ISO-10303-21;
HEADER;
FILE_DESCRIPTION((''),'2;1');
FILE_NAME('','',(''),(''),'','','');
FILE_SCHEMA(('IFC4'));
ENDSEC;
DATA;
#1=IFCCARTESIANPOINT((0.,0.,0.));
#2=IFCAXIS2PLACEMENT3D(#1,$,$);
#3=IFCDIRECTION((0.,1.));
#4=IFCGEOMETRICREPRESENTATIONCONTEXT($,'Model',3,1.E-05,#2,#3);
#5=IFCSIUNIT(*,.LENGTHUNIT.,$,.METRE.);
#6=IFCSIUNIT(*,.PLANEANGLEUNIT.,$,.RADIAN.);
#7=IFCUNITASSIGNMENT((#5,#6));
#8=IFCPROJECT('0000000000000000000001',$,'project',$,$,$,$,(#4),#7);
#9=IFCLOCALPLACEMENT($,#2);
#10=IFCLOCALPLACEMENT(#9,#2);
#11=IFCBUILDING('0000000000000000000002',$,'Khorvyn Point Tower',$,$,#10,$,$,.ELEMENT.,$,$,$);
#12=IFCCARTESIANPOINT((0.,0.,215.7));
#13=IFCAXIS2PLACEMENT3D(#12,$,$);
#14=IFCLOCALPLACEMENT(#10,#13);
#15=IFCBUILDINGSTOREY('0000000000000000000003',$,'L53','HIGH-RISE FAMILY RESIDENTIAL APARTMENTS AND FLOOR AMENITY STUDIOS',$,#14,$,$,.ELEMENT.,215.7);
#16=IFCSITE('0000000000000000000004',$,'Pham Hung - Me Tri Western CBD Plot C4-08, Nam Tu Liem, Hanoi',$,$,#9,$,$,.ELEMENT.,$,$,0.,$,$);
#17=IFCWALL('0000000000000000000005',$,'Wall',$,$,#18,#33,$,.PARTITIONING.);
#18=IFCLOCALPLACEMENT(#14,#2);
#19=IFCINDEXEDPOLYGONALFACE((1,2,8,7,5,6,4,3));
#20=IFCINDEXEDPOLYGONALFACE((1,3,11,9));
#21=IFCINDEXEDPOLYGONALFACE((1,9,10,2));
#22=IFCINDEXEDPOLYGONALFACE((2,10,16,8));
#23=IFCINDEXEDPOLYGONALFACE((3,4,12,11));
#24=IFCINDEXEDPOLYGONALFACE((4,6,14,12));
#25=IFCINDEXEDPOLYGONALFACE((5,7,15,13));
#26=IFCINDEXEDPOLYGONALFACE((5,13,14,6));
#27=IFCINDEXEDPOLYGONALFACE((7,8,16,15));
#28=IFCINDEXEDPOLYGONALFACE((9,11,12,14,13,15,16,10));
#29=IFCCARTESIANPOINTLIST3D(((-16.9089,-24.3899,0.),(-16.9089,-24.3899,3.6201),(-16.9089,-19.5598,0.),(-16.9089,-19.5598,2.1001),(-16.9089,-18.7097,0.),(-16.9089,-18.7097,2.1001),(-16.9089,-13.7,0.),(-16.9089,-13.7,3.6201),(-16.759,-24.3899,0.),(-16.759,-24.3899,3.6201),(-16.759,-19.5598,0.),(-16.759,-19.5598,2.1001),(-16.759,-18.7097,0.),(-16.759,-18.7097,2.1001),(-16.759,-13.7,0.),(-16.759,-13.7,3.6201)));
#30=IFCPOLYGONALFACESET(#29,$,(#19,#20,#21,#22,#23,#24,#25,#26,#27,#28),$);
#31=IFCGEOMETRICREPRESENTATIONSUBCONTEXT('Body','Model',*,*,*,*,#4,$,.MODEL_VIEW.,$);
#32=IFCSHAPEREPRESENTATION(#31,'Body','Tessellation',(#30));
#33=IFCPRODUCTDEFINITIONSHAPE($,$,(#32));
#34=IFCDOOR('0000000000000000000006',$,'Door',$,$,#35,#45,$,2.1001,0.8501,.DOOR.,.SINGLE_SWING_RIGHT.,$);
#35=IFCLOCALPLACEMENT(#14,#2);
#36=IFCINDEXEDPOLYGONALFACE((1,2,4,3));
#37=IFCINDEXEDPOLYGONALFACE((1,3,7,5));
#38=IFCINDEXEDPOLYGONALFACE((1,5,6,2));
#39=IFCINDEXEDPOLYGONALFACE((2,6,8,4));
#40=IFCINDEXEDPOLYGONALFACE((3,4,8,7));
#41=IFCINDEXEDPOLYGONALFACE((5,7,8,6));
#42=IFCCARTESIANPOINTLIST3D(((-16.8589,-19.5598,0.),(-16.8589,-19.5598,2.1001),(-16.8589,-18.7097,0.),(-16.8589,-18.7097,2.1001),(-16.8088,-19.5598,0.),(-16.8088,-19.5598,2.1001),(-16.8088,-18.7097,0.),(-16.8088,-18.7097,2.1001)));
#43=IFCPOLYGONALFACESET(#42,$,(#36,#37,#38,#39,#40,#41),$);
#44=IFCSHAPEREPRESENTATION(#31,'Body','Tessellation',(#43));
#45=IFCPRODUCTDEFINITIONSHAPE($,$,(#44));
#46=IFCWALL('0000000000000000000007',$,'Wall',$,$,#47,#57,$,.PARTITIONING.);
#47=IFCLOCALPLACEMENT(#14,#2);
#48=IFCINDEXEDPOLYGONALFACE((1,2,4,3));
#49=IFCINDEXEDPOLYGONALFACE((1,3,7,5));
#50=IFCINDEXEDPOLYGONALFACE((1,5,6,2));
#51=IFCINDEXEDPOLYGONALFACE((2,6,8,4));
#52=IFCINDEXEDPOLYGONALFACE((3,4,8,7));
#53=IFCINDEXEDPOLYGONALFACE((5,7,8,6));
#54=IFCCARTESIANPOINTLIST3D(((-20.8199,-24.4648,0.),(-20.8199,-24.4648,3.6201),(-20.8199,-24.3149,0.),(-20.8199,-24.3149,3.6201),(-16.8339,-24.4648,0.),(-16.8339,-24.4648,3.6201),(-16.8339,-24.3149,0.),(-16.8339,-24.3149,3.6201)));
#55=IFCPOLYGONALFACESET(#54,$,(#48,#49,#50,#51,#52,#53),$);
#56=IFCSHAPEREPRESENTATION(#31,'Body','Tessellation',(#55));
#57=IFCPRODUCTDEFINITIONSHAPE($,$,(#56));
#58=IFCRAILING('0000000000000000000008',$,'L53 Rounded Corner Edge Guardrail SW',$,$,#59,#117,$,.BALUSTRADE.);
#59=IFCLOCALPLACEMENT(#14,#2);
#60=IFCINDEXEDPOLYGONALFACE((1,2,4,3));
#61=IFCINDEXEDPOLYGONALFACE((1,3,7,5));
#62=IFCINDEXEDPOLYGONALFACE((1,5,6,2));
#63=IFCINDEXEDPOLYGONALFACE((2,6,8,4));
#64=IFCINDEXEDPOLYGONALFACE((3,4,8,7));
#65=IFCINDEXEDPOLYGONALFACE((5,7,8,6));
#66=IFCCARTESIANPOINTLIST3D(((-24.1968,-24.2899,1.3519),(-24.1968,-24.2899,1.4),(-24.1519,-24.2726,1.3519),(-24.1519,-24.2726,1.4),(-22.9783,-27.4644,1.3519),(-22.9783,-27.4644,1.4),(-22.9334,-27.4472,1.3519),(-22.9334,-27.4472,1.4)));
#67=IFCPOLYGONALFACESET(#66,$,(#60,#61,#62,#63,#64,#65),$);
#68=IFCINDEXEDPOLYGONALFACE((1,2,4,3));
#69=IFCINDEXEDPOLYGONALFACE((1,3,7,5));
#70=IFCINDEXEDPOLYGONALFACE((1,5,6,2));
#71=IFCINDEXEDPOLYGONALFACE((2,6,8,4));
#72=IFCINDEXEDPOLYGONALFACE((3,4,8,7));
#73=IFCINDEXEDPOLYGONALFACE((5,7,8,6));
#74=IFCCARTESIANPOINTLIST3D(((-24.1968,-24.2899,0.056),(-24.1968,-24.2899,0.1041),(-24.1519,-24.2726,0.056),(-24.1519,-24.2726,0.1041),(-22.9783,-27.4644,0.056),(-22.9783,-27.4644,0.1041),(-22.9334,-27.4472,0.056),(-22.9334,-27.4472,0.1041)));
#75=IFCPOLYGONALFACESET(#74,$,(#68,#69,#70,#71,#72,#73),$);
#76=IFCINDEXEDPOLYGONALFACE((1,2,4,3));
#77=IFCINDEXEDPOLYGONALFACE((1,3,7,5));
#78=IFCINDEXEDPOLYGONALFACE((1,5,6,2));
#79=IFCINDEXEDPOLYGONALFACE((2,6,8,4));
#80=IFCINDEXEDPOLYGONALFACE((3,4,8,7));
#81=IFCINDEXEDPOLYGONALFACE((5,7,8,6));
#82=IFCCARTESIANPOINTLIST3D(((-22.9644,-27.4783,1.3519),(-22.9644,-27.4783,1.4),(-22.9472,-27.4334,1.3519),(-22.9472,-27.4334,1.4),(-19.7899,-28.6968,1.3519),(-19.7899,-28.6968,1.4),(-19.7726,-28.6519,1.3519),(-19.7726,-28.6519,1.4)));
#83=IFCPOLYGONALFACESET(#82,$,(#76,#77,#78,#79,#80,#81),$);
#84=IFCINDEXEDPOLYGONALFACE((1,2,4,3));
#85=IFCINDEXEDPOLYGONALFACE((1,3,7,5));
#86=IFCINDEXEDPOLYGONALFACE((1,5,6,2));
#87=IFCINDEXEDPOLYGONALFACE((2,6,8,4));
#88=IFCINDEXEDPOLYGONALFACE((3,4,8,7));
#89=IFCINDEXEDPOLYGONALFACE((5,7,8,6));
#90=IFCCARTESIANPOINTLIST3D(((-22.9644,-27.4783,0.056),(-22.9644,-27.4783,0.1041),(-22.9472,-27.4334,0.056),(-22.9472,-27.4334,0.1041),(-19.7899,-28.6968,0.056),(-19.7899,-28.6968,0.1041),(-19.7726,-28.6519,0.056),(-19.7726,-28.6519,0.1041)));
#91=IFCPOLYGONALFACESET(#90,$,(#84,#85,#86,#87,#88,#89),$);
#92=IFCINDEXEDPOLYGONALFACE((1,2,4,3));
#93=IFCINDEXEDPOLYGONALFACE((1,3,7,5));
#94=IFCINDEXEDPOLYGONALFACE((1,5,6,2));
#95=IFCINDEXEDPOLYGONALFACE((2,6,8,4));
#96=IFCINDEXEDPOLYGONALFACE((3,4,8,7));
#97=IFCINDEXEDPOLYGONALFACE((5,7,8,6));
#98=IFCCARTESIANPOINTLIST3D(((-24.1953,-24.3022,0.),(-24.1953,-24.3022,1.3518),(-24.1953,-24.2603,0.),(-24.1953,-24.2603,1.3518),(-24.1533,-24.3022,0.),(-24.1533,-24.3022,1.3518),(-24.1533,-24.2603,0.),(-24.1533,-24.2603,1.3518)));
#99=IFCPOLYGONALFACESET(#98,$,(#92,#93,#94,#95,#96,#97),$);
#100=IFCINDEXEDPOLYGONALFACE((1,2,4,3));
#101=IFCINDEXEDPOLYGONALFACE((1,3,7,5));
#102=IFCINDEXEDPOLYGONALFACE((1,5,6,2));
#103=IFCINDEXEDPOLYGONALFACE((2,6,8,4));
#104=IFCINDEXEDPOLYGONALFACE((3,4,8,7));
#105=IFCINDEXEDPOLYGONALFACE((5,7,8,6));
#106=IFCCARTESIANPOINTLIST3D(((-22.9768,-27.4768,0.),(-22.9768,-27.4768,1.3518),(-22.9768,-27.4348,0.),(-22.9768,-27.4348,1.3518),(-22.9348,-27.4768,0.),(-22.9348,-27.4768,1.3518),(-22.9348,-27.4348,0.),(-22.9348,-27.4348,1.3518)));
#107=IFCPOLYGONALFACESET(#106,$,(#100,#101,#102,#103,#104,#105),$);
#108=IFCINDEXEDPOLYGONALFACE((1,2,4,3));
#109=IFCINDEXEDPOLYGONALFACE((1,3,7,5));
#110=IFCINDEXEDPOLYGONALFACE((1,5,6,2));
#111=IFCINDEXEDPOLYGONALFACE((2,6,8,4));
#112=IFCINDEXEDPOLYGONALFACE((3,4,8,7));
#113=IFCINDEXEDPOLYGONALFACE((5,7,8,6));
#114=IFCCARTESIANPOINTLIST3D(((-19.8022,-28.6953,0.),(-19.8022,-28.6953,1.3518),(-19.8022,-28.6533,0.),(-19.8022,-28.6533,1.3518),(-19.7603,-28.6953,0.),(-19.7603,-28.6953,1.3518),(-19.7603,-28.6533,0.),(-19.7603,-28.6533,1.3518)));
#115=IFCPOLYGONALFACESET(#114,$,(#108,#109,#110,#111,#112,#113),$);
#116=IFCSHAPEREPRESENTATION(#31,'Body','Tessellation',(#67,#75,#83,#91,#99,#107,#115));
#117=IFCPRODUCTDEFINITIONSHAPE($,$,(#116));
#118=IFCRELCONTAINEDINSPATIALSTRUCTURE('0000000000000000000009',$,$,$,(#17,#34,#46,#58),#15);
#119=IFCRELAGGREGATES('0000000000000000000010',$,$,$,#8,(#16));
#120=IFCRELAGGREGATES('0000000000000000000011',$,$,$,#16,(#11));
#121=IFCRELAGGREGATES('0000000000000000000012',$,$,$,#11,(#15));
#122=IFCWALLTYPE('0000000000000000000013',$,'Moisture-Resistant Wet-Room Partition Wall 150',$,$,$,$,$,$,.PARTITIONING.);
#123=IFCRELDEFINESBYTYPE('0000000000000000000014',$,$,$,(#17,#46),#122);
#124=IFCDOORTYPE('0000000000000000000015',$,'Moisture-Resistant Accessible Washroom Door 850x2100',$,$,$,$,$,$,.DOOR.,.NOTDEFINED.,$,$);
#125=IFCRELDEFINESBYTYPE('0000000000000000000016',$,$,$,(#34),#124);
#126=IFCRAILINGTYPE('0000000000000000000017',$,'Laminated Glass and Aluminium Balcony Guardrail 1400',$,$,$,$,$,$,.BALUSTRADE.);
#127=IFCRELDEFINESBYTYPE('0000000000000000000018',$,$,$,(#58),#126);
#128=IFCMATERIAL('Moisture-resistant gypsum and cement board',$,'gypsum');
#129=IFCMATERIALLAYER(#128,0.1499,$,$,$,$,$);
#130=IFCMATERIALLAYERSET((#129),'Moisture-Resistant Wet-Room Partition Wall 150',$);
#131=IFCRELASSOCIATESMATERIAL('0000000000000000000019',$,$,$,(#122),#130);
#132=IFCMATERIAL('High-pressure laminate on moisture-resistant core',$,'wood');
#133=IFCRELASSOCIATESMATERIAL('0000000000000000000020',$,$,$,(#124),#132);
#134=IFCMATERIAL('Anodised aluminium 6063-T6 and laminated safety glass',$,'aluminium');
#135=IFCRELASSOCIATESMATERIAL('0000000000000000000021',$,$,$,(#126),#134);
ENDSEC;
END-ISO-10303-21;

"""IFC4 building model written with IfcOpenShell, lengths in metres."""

from ifc_helpers import new_model, si_unit, direction, frame, frame_2d, origin, origin_2d, place, context, subcontext, project, spatial, rectangle, extrude, material, layer, layer_set, type_object, element, fill, save


model = new_model("IFC4")

# Units and contexts
model_context = context("Model", 3, precision=1e-05, world=origin(), true_north=direction((0.0, 1.0)))
body_context = subcontext(model_context, "Body", "Model", "MODEL_VIEW")
ifc_project = project(units=[si_unit("LENGTHUNIT", "METRE"), si_unit("PLANEANGLEUNIT", "RADIAN")], contexts=[model_context])

# Site, building, storey
site_placement = place(None, origin())
site = spatial("IfcSite", under=ifc_project, at=site_placement, Name="Pham Hung - Me Tri Western CBD Plot C4-08, Nam Tu Liem, Hanoi", CompositionType="ELEMENT", RefElevation=0.0)
building_placement = place(site_placement, origin())
building = spatial("IfcBuilding", under=site, at=building_placement, Name="Khorvyn Point Tower", CompositionType="ELEMENT")
storey_placement = place(building_placement, frame((0.0, 0.0, 215.7)))
storey = spatial("IfcBuildingStorey", under=building, at=storey_placement, Name="L53", Description="HIGH-RISE FAMILY RESIDENTIAL APARTMENTS AND FLOOR AMENITY STUDIOS", CompositionType="ELEMENT", Elevation=215.7)

# Wall, opening, door
ifc_material_1 = material(Name="Moisture-resistant gypsum and cement board", Category="gypsum")
ifc_layer_1 = layer(ifc_material_1, 0.1499)
ifc_layer_set_1 = layer_set([ifc_layer_1], Name="Moisture-Resistant Wet-Room Partition Wall 150")
wall_type_1 = type_object("IfcWallType", Name="Moisture-Resistant Wet-Room Partition Wall 150", PredefinedType="PARTITIONING", material=ifc_layer_set_1)
wall_1_placement = place(storey_placement, frame((-16.834, -24.3899, 0.0), z_axis=(0.0, 0.0, 1.0), x_axis=(0.0, 1.0, 0.0)))
wall_1 = element("IfcWall", 1, at=wall_1_placement, inside=storey, type_object=wall_type_1, Name="Wall", PredefinedType="PARTITIONING", context=body_context, shape_type="SweptSolid", body=[
    extrude(rectangle(XDim=10.6899, YDim=0.1499, at=frame_2d((5.345, 0.0))), origin(), (0.0, 0.0, 1.0), 3.6201),
])
opening_1_placement = place(wall_1_placement, frame((4.8301, 0.0, 0.0)))
opening_1 = element("IfcOpeningElement", 2, at=opening_1_placement, cuts=wall_1, PredefinedType="OPENING", context=body_context, shape_type="SweptSolid", body=[
    extrude(rectangle(XDim=0.8501, YDim=2.1001, at=frame_2d((0.425, 1.05))), frame((0.0, 0.085, 0.0), z_axis=(0.0, -1.0, 0.0), x_axis=(1.0, 0.0, 0.0)), (0.0, 0.0, 1.0), 0.1699),
])
ifc_material_2 = material(Name="High-pressure laminate on moisture-resistant core", Category="wood")
door_type_1 = type_object("IfcDoorType", Name="Moisture-Resistant Accessible Washroom Door 850x2100", OperationType="NOTDEFINED", PredefinedType="DOOR", material=ifc_material_2)
door_1_placement = place(opening_1_placement, origin())
door_1 = element("IfcDoor", 3, at=door_1_placement, inside=storey, type_object=door_type_1, Name="Door", OperationType="SINGLE_SWING_RIGHT", OverallHeight=2.1001, OverallWidth=0.8501, PredefinedType="DOOR", context=body_context, shape_type="SweptSolid", body=[
    extrude(rectangle(XDim=0.8501, YDim=2.1001, at=frame_2d((0.425, 1.05))), frame((0.0, 0.0249, 0.0), z_axis=(0.0, -1.0, 0.0), x_axis=(1.0, 0.0, 0.0)), (0.0, 0.0, 1.0), 0.05),
])
fill(opening_1, door_1)

# Wall
wall_2_placement = place(storey_placement, frame((-20.8201, -24.3899, 0.0), z_axis=(0.0, 0.0, 1.0), x_axis=(1.0, 0.0, 0.0)))
element("IfcWall", 4, at=wall_2_placement, inside=storey, type_object=wall_type_1, Name="Wall", PredefinedType="PARTITIONING", context=body_context, shape_type="SweptSolid", body=[
    extrude(rectangle(XDim=3.9861, YDim=0.1499, at=frame_2d((1.9932, 0.0))), origin(), (0.0, 0.0, 1.0), 3.6201),
])

# Railing
ifc_material_3 = material(Name="Anodised aluminium 6063-T6 and laminated safety glass", Category="aluminium")
railing_type = type_object("IfcRailingType", Name="Laminated Glass and Aluminium Balcony Guardrail 1400", PredefinedType="BALUSTRADE", material=ifc_material_3)
railing_placement = place(storey_placement, frame((-24.1743, -24.2812, 0.0)))
element("IfcRailing", 5, at=railing_placement, inside=storey, type_object=railing_type, Name="L53 Rounded Corner Edge Guardrail SW", PredefinedType="BALUSTRADE", context=body_context, shape_type="SweptSolid", body=[
    extrude(rectangle(XDim=0.0481, YDim=0.0481, at=origin_2d()), frame((0.0, 0.0, 1.376), z_axis=(0.358344, -0.93359, 0.0), x_axis=(0.93359, 0.358344, 0.0)), (0.0, 0.0, 1.0), 3.4004),
    extrude(rectangle(XDim=0.0481, YDim=0.0481, at=origin_2d()), frame((0.0, 0.0, 0.0801), z_axis=(0.358344, -0.93359, 0.0), x_axis=(0.93359, 0.358344, 0.0)), (0.0, 0.0, 1.0), 3.4004),
    extrude(rectangle(XDim=0.0481, YDim=0.0481, at=origin_2d()), frame((1.2185, -3.1746, 1.376), z_axis=(0.93359, -0.358344, 0.0), x_axis=(0.358344, 0.93359, 0.0)), (0.0, 0.0, 1.0), 3.4004),
    extrude(rectangle(XDim=0.0481, YDim=0.0481, at=origin_2d()), frame((1.2185, -3.1746, 0.0801), z_axis=(0.93359, -0.358344, 0.0), x_axis=(0.358344, 0.93359, 0.0)), (0.0, 0.0, 1.0), 3.4004),
    extrude(rectangle(XDim=0.042, YDim=0.042, at=origin_2d()), origin(), (0.0, 0.0, 1.0), 1.3518),
    extrude(rectangle(XDim=0.042, YDim=0.042, at=origin_2d()), frame((1.2185, -3.1746, 0.0)), (0.0, 0.0, 1.0), 1.3518),
    extrude(rectangle(XDim=0.042, YDim=0.042, at=origin_2d()), frame((4.3931, -4.3931, 0.0)), (0.0, 0.0, 1.0), 1.3518),
])

save(model, "model.ifc")
